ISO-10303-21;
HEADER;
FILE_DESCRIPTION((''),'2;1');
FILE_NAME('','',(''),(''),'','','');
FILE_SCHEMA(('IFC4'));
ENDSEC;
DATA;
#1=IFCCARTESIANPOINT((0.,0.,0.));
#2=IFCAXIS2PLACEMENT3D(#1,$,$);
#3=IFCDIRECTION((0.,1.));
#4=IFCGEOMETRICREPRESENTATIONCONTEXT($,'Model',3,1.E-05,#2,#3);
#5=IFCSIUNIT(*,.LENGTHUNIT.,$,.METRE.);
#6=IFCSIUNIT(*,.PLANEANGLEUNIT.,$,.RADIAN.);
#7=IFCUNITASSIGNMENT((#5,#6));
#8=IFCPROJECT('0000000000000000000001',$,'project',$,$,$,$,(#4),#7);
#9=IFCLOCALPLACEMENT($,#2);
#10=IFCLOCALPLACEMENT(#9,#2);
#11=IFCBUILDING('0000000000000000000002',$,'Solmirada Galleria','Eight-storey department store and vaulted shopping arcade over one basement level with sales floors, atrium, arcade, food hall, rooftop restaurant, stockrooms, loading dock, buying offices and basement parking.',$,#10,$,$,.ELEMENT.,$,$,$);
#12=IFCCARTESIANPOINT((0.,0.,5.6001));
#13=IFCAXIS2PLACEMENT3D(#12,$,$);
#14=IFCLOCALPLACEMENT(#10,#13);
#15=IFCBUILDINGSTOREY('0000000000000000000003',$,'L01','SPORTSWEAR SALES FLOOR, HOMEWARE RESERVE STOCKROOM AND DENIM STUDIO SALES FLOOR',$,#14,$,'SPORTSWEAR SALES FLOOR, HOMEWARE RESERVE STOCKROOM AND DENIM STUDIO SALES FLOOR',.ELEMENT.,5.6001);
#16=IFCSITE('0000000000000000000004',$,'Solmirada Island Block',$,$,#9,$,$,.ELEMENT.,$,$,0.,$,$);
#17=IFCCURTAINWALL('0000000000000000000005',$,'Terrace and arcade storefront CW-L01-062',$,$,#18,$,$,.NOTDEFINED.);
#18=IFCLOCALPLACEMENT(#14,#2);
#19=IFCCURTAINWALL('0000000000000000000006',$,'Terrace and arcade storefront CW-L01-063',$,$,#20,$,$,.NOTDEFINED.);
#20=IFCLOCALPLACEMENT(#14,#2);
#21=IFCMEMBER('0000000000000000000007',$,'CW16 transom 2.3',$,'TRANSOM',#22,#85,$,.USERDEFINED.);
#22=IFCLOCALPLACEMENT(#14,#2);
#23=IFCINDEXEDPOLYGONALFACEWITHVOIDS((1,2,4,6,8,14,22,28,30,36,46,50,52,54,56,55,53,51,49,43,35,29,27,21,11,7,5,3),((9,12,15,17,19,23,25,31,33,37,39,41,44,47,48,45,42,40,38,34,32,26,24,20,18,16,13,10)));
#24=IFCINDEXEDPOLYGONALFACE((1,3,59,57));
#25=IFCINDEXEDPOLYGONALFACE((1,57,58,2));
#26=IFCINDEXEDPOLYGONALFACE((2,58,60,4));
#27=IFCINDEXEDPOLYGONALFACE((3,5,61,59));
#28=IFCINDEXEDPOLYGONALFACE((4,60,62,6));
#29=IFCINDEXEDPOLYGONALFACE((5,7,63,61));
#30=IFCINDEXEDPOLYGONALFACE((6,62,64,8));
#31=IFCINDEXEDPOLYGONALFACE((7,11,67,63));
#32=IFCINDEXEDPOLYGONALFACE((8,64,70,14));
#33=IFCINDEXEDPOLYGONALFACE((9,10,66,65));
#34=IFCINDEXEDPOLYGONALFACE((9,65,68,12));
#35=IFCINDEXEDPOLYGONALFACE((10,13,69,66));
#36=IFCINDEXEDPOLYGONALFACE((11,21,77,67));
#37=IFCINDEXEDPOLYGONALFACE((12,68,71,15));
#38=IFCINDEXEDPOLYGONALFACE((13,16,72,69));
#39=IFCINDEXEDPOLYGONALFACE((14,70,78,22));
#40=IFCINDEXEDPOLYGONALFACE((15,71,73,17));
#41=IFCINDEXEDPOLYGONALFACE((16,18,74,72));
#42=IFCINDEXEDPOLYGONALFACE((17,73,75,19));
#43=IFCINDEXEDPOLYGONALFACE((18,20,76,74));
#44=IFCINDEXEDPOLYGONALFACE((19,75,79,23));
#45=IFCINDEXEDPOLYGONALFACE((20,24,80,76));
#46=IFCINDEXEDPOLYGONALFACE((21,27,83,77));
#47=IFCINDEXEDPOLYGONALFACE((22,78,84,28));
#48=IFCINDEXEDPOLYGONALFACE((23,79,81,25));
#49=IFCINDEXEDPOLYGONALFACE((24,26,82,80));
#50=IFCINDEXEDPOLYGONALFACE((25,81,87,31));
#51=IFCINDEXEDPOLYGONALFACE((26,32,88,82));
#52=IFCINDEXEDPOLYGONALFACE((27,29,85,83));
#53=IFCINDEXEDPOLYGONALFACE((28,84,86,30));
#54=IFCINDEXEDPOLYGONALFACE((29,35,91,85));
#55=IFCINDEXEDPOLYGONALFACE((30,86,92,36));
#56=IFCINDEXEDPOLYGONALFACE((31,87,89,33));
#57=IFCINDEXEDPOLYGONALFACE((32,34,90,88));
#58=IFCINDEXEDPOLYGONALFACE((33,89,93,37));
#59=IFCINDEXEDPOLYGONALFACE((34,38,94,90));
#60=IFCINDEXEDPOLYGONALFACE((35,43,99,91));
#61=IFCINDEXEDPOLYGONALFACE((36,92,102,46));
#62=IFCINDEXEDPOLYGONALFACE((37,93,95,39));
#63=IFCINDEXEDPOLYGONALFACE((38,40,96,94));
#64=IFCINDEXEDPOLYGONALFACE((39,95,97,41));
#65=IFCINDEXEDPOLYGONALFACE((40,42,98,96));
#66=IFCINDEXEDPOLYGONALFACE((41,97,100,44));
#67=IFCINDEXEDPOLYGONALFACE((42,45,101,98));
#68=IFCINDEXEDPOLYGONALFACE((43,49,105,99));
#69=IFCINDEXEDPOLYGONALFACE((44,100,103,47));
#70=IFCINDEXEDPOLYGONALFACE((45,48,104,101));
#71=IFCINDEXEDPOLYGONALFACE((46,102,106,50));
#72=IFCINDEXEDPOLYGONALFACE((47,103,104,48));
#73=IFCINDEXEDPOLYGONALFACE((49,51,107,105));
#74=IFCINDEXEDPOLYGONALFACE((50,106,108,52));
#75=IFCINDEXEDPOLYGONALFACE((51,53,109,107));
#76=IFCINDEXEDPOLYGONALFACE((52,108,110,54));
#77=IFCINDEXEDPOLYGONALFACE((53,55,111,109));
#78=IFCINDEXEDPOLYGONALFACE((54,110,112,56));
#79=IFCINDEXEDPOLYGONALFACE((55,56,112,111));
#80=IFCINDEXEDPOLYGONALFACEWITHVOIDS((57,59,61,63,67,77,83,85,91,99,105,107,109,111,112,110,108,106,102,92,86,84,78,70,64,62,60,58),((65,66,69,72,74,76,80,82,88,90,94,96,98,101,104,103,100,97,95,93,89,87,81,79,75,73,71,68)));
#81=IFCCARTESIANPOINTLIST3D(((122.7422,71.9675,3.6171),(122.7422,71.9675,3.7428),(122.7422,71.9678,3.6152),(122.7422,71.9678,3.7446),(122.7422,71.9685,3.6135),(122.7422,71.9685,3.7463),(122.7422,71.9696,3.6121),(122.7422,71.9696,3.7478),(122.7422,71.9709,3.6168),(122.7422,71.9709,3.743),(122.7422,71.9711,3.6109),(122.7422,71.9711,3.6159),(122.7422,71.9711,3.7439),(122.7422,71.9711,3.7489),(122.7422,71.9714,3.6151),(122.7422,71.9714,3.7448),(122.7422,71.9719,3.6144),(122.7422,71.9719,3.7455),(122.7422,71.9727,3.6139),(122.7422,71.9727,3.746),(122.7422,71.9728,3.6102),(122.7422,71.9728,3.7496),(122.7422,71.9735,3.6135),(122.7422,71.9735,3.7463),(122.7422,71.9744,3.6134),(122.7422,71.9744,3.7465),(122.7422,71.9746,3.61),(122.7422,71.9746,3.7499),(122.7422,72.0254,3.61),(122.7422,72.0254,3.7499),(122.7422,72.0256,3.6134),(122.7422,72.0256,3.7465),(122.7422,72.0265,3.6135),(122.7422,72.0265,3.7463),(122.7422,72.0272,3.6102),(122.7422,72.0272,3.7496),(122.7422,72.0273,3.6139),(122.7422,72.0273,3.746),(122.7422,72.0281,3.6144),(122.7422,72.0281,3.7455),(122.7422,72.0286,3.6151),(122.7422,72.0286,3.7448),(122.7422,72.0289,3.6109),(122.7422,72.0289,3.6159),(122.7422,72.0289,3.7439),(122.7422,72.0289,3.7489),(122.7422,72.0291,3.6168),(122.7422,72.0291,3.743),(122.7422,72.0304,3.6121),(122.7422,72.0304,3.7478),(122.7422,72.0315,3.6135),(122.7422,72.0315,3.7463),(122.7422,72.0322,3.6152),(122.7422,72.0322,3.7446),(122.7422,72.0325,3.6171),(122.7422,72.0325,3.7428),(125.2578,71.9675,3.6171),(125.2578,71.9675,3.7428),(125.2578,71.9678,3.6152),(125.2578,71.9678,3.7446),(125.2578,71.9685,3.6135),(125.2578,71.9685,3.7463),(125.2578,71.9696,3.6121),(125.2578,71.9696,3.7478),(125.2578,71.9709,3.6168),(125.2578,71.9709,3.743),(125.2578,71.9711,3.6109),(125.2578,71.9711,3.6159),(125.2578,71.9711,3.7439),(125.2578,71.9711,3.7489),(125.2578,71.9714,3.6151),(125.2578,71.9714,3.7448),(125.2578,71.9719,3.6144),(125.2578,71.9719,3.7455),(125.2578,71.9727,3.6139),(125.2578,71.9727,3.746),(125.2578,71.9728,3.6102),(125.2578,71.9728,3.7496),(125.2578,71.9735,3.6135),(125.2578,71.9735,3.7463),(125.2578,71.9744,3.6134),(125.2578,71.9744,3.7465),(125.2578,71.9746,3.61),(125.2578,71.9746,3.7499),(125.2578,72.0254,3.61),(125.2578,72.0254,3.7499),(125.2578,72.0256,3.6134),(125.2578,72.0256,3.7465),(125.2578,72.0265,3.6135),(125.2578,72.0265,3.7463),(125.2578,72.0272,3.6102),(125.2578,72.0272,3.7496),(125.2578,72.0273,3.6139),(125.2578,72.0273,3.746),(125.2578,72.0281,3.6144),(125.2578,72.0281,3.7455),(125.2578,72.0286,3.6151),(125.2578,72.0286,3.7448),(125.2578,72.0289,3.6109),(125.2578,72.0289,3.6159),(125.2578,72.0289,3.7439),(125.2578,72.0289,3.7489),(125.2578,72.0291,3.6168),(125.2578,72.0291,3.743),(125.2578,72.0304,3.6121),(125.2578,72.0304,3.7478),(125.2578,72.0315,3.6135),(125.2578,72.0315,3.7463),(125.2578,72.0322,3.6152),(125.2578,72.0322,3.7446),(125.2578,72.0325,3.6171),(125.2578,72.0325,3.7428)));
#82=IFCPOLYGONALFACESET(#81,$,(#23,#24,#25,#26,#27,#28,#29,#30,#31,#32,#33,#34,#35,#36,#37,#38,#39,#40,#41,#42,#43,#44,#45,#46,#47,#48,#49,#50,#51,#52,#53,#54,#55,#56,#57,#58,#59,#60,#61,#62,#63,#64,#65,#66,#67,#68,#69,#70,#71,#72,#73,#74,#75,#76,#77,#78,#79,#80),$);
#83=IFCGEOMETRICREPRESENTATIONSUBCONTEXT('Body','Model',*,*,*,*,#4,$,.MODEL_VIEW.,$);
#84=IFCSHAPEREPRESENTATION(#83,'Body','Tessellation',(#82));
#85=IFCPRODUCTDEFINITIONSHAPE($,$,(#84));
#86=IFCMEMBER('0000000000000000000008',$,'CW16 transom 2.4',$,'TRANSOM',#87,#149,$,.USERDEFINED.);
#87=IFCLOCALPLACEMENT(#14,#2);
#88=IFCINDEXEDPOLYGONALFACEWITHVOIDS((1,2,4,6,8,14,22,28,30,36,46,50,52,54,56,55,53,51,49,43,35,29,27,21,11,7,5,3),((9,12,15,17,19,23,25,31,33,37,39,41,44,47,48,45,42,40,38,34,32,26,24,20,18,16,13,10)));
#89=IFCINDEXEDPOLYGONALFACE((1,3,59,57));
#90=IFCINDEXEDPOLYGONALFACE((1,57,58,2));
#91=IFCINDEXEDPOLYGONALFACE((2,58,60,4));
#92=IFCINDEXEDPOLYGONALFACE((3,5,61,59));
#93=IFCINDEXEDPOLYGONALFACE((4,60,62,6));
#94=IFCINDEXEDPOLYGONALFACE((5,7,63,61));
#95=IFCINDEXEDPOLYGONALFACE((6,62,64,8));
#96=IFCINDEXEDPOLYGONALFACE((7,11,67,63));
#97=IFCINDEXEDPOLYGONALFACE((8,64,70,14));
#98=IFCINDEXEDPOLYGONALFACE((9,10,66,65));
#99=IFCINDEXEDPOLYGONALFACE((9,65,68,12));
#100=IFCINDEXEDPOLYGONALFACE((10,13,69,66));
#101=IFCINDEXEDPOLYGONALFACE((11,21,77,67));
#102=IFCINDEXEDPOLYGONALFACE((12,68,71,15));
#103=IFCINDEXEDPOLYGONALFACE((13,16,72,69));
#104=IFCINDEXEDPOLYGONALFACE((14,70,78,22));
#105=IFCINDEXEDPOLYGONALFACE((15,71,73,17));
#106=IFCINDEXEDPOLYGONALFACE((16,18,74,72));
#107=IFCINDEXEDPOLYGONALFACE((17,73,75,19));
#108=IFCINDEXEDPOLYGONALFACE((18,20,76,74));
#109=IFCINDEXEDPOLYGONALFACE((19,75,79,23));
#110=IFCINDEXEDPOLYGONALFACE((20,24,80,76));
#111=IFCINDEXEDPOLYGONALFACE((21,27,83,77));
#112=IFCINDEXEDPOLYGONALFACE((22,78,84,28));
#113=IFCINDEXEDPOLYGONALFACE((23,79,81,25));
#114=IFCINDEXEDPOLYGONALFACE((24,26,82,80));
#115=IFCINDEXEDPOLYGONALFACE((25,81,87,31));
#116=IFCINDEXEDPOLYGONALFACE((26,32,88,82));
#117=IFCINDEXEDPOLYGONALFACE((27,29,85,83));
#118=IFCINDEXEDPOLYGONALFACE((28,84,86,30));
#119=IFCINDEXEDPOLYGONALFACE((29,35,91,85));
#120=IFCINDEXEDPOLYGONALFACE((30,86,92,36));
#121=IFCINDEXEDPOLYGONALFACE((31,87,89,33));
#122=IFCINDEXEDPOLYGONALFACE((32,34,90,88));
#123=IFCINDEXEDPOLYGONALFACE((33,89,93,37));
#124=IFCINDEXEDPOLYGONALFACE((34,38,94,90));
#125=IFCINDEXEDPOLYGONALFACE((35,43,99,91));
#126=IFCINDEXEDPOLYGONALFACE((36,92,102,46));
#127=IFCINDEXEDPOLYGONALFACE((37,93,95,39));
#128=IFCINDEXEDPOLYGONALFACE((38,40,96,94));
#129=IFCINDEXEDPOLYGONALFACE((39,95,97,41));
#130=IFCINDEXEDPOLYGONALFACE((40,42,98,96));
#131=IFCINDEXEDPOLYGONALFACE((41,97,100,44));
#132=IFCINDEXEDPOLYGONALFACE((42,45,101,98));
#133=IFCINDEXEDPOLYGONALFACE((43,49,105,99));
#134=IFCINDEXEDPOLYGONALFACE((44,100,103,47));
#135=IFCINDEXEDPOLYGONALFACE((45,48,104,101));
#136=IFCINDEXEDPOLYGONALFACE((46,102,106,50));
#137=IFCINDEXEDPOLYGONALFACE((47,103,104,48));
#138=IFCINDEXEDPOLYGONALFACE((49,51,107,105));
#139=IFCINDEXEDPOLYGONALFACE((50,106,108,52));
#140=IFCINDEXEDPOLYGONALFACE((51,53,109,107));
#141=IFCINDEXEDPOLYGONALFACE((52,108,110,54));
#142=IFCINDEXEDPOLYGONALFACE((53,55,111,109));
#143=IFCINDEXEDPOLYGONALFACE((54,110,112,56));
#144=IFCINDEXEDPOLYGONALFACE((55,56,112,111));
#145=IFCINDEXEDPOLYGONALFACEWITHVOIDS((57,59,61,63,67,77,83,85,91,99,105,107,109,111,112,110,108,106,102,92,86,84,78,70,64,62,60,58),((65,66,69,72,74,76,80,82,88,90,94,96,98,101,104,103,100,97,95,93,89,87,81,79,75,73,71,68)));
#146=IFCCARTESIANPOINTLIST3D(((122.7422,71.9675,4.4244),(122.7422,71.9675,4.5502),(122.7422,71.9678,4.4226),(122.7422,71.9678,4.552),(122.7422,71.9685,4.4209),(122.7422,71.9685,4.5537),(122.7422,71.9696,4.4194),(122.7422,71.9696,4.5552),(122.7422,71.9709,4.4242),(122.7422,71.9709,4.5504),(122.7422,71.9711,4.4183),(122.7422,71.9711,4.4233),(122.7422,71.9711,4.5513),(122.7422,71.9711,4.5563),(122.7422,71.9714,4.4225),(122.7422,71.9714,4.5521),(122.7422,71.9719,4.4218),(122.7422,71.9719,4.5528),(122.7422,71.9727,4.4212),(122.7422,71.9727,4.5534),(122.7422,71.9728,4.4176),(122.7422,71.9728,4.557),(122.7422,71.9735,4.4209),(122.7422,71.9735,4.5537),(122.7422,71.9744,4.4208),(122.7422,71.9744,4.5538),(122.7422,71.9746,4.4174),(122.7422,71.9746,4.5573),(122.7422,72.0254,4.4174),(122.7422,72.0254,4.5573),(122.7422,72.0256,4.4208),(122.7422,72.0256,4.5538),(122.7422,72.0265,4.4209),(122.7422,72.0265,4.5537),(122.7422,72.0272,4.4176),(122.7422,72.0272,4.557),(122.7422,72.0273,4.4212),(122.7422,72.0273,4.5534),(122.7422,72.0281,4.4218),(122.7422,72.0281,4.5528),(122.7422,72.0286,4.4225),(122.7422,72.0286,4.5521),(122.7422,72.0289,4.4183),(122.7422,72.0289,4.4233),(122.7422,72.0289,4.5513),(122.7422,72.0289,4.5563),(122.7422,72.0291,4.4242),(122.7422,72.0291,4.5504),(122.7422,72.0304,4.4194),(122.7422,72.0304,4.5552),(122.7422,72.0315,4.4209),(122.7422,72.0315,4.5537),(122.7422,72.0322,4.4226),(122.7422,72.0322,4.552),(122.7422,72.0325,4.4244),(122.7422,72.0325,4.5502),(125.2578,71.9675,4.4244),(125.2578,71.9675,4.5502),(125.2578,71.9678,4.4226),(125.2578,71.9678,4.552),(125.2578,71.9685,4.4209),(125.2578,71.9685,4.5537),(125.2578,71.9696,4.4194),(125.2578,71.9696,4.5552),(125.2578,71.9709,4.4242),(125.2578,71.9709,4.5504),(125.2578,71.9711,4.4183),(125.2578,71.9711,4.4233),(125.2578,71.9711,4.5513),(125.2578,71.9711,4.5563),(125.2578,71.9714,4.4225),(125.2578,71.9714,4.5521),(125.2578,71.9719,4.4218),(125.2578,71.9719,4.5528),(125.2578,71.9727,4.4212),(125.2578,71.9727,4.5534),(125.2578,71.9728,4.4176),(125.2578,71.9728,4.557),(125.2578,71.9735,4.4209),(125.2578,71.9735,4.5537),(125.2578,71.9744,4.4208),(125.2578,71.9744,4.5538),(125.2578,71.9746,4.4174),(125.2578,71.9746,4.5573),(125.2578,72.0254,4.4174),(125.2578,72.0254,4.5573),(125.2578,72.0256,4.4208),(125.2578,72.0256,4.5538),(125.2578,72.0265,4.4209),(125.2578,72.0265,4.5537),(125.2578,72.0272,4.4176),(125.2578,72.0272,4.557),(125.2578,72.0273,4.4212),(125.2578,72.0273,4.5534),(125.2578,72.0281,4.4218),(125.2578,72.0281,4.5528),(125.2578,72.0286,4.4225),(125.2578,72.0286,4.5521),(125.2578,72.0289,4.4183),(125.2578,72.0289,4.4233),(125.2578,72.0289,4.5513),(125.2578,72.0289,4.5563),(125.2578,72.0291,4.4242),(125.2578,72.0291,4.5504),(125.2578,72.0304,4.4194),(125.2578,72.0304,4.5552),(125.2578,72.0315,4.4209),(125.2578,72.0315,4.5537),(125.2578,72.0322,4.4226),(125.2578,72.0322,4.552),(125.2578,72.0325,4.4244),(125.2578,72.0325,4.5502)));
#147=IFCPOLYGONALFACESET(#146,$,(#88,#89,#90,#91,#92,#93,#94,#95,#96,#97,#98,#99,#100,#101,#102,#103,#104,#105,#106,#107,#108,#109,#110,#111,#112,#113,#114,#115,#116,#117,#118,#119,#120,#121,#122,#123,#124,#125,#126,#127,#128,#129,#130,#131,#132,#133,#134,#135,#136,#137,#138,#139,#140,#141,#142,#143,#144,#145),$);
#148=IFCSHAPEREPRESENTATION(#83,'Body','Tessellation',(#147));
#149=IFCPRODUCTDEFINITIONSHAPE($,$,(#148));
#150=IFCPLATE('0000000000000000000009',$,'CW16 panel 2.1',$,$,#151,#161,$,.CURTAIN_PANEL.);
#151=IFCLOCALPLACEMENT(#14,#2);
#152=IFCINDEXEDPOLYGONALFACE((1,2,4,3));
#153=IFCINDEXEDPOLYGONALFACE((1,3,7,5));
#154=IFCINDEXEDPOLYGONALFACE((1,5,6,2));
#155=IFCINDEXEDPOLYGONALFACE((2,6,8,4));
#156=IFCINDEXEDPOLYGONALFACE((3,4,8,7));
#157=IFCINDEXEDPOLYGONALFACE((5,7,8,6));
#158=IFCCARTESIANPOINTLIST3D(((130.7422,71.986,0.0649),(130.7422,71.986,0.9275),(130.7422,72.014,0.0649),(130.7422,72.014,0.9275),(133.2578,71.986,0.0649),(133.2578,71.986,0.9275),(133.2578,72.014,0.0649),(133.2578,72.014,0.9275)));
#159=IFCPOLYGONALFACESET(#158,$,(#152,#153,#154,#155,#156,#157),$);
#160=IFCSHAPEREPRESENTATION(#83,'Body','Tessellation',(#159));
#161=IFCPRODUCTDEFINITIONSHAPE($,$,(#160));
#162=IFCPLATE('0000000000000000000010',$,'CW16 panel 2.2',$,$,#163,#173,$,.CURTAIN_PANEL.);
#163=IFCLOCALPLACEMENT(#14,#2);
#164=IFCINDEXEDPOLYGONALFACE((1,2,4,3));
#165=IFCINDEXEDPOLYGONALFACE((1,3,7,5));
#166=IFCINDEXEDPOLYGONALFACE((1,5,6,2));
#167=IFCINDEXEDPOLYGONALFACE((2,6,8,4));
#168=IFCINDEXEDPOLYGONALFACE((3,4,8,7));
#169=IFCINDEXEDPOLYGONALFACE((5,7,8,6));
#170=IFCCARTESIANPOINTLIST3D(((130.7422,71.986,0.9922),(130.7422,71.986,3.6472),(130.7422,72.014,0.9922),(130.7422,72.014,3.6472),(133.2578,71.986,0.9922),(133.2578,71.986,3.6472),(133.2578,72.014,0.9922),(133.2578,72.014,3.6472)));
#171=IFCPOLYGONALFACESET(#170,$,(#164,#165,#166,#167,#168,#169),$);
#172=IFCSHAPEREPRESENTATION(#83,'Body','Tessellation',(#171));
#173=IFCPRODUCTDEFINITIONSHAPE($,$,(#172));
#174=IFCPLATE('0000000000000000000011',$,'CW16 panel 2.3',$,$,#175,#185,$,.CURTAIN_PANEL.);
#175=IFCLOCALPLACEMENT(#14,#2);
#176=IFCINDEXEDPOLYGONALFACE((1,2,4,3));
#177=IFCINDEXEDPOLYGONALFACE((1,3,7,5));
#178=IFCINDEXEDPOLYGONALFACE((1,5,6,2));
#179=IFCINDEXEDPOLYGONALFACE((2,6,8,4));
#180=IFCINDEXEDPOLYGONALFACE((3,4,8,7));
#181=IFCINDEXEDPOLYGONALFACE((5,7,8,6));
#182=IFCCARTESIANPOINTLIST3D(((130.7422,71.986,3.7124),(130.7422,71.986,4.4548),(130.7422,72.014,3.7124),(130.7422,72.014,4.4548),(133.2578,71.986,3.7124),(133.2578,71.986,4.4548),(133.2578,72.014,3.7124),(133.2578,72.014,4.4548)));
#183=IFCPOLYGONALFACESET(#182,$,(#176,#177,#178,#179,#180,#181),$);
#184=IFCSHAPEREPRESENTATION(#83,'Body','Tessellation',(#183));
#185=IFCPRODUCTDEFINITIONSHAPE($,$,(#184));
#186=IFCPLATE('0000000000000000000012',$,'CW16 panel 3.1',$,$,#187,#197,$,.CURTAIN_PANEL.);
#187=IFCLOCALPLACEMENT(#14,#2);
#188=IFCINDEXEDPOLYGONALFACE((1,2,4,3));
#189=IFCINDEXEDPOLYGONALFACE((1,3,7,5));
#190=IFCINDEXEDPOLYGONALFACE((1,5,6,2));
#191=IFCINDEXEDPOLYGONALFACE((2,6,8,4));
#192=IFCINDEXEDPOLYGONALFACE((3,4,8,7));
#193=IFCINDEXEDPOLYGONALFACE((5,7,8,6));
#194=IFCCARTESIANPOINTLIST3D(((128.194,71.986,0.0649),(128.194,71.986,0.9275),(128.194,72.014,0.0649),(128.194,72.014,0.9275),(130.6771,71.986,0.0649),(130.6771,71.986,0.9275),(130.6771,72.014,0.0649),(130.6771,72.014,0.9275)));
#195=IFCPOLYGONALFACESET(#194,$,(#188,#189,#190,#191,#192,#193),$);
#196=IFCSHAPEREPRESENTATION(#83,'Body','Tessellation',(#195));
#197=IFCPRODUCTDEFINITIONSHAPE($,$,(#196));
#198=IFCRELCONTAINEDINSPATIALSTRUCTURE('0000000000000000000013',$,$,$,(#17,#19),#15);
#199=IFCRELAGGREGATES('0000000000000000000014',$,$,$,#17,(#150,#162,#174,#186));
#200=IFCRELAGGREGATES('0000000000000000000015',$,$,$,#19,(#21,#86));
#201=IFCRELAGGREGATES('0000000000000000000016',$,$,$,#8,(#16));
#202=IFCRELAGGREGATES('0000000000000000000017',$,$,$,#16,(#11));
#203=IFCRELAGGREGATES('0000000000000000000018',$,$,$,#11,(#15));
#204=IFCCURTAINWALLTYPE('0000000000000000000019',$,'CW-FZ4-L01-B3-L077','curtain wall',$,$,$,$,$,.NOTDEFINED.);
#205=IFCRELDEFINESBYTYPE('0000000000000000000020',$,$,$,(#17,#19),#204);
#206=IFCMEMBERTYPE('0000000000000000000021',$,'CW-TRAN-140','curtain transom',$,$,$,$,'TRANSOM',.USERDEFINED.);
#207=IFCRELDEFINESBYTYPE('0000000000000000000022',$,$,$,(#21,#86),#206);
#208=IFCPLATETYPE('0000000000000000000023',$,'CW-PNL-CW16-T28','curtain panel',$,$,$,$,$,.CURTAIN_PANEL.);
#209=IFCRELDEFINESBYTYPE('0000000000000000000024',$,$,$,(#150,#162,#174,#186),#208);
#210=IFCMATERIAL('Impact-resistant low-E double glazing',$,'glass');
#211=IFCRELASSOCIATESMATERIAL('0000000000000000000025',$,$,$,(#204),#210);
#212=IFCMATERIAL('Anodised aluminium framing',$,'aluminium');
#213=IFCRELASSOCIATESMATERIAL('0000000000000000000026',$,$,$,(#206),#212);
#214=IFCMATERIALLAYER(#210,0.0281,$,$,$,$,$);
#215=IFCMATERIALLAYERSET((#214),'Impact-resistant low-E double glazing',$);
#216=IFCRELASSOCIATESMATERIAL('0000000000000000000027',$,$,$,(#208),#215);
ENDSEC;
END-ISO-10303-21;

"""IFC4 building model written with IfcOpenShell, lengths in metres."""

from ifc_helpers import new_model, si_unit, direction, frame, origin, origin_2d, place, context, subcontext, project, spatial, rectangle, hollow_rectangle, extrude, material, layer, layer_set, material_profile, profile_set, type_object, element, aggregate, save


model = new_model("IFC4")

# Units and contexts
model_context = context("Model", 3, precision=1e-05, world=origin(), true_north=direction((0.0, 1.0)))
body_context = subcontext(model_context, "Body", "Model", "MODEL_VIEW")
ifc_project = project(units=[si_unit("LENGTHUNIT", "METRE"), si_unit("PLANEANGLEUNIT", "RADIAN")], contexts=[model_context])

# Site, building, storey
site_placement = place(None, origin())
site = spatial("IfcSite", under=ifc_project, at=site_placement, Name="Solmirada Island Block", CompositionType="ELEMENT", RefElevation=0.0)
building_placement = place(site_placement, origin())
building = spatial("IfcBuilding", under=site, at=building_placement, Name="Solmirada Galleria", Description="Eight-storey department store and vaulted shopping arcade over one basement level with sales floors, atrium, arcade, food hall, rooftop restaurant, stockrooms, loading dock, buying offices and basement parking.", CompositionType="ELEMENT")
storey_placement = place(building_placement, frame((0.0, 0.0, 5.6001)))
storey = spatial("IfcBuildingStorey", under=building, at=storey_placement, Name="L01", Description="SPORTSWEAR SALES FLOOR, HOMEWARE RESERVE STOCKROOM AND DENIM STUDIO SALES FLOOR", LongName="SPORTSWEAR SALES FLOOR, HOMEWARE RESERVE STOCKROOM AND DENIM STUDIO SALES FLOOR", CompositionType="ELEMENT", Elevation=5.6001)

# Curtain walls
ifc_material_1 = material(Name="Impact-resistant low-E double glazing", Category="glass")
curtain_wall_type = type_object("IfcCurtainWallType", Name="CW-FZ4-L01-B3-L077", Description="curtain wall", PredefinedType="NOTDEFINED", material=ifc_material_1)
curtain_wall_1_placement = place(storey_placement, origin())
curtain_wall_1 = element("IfcCurtainWall", 1, at=curtain_wall_1_placement, inside=storey, type_object=curtain_wall_type, Name="Terrace and arcade storefront CW-L01-062", PredefinedType="NOTDEFINED")
ifc_material_2 = material(Name="Anodised aluminium framing", Category="aluminium")
curtain_wall_2_placement = place(storey_placement, origin())
curtain_wall_2 = element("IfcCurtainWall", 2, at=curtain_wall_2_placement, inside=storey, type_object=curtain_wall_type, Name="Terrace and arcade storefront CW-L01-063", PredefinedType="NOTDEFINED")

# Members
ifc_material_profile_1 = material_profile(ifc_material_2, hollow_rectangle(XDim=0.0649, YDim=0.1399, WallThickness=0.0034, InnerFilletRadius=0.0034, OuterFilletRadius=0.0071, at=origin_2d()), Name="ALU-TRAN-140X65")
ifc_profile_set_1 = profile_set([ifc_material_profile_1], Name="Anodised aluminium framing")
member_type_1 = type_object("IfcMemberType", Name="CW-TRAN-140", Description="curtain transom", ElementType="TRANSOM", PredefinedType="USERDEFINED", material=ifc_profile_set_1)
member_1_placement = place(storey_placement, frame((125.2578, 72.0, 3.6799), z_axis=(-1.0, 0.0, 0.0), x_axis=(0.0, -1.0, 0.0)))
member_1 = element("IfcMember", 3, at=member_1_placement, type_object=member_type_1, Name="CW16 transom 2.3", ObjectType="TRANSOM", PredefinedType="USERDEFINED", context=body_context, shape_type="SweptSolid", body=[
    extrude(hollow_rectangle(XDim=0.0649, YDim=0.1399, WallThickness=0.0034, InnerFilletRadius=0.0034, OuterFilletRadius=0.0071, at=origin_2d()), origin(), (0.0, 0.0, 1.0), 2.5156),
])
member_2_placement = place(storey_placement, frame((125.2578, 72.0, 4.4873), z_axis=(-1.0, 0.0, 0.0), x_axis=(0.0, -1.0, 0.0)))
member_2 = element("IfcMember", 4, at=member_2_placement, type_object=member_type_1, Name="CW16 transom 2.4", ObjectType="TRANSOM", PredefinedType="USERDEFINED", context=body_context, shape_type="SweptSolid", body=[
    extrude(hollow_rectangle(XDim=0.0649, YDim=0.1399, WallThickness=0.0034, InnerFilletRadius=0.0034, OuterFilletRadius=0.0071, at=origin_2d()), origin(), (0.0, 0.0, 1.0), 2.5156),
])

# Plates
ifc_layer_1 = layer(ifc_material_1, 0.0281)
ifc_layer_set_1 = layer_set([ifc_layer_1], Name="Impact-resistant low-E double glazing")
plate_type = type_object("IfcPlateType", Name="CW-PNL-CW16-T28", Description="curtain panel", PredefinedType="CURTAIN_PANEL", material=ifc_layer_set_1)
plate_1_placement = place(storey_placement, frame((132.0, 72.0, 0.0649), z_axis=(0.0, 0.0, 1.0), x_axis=(-1.0, 0.0, 0.0)))
plate_1 = element("IfcPlate", 5, at=plate_1_placement, type_object=plate_type, Name="CW16 panel 2.1", PredefinedType="CURTAIN_PANEL", context=body_context, shape_type="SweptSolid", body=[
    extrude(rectangle(XDim=2.5156, YDim=0.0281, at=origin_2d()), origin(), (0.0, 0.0, 1.0), 0.8625),
])
plate_2_placement = place(storey_placement, frame((132.0, 72.0, 0.9922), z_axis=(0.0, 0.0, 1.0), x_axis=(-1.0, 0.0, 0.0)))
plate_2 = element("IfcPlate", 6, at=plate_2_placement, type_object=plate_type, Name="CW16 panel 2.2", PredefinedType="CURTAIN_PANEL", context=body_context, shape_type="SweptSolid", body=[
    extrude(rectangle(XDim=2.5156, YDim=0.0281, at=origin_2d()), origin(), (0.0, 0.0, 1.0), 2.655),
])
plate_3_placement = place(storey_placement, frame((132.0, 72.0, 3.7124), z_axis=(0.0, 0.0, 1.0), x_axis=(-1.0, 0.0, 0.0)))
plate_3 = element("IfcPlate", 7, at=plate_3_placement, type_object=plate_type, Name="CW16 panel 2.3", PredefinedType="CURTAIN_PANEL", context=body_context, shape_type="SweptSolid", body=[
    extrude(rectangle(XDim=2.5156, YDim=0.0281, at=origin_2d()), origin(), (0.0, 0.0, 1.0), 0.7424),
])
plate_4_placement = place(storey_placement, frame((129.4355, 72.0, 0.0649), z_axis=(0.0, 0.0, 1.0), x_axis=(-1.0, 0.0, 0.0)))
plate_4 = element("IfcPlate", 8, at=plate_4_placement, type_object=plate_type, Name="CW16 panel 3.1", PredefinedType="CURTAIN_PANEL", context=body_context, shape_type="SweptSolid", body=[
    extrude(rectangle(XDim=2.4832, YDim=0.0281, at=origin_2d()), origin(), (0.0, 0.0, 1.0), 0.8625),
])
aggregate(curtain_wall_1, [plate_1, plate_2, plate_3, plate_4])
aggregate(curtain_wall_2, [member_1, member_2])

save(model, "model.ifc")
